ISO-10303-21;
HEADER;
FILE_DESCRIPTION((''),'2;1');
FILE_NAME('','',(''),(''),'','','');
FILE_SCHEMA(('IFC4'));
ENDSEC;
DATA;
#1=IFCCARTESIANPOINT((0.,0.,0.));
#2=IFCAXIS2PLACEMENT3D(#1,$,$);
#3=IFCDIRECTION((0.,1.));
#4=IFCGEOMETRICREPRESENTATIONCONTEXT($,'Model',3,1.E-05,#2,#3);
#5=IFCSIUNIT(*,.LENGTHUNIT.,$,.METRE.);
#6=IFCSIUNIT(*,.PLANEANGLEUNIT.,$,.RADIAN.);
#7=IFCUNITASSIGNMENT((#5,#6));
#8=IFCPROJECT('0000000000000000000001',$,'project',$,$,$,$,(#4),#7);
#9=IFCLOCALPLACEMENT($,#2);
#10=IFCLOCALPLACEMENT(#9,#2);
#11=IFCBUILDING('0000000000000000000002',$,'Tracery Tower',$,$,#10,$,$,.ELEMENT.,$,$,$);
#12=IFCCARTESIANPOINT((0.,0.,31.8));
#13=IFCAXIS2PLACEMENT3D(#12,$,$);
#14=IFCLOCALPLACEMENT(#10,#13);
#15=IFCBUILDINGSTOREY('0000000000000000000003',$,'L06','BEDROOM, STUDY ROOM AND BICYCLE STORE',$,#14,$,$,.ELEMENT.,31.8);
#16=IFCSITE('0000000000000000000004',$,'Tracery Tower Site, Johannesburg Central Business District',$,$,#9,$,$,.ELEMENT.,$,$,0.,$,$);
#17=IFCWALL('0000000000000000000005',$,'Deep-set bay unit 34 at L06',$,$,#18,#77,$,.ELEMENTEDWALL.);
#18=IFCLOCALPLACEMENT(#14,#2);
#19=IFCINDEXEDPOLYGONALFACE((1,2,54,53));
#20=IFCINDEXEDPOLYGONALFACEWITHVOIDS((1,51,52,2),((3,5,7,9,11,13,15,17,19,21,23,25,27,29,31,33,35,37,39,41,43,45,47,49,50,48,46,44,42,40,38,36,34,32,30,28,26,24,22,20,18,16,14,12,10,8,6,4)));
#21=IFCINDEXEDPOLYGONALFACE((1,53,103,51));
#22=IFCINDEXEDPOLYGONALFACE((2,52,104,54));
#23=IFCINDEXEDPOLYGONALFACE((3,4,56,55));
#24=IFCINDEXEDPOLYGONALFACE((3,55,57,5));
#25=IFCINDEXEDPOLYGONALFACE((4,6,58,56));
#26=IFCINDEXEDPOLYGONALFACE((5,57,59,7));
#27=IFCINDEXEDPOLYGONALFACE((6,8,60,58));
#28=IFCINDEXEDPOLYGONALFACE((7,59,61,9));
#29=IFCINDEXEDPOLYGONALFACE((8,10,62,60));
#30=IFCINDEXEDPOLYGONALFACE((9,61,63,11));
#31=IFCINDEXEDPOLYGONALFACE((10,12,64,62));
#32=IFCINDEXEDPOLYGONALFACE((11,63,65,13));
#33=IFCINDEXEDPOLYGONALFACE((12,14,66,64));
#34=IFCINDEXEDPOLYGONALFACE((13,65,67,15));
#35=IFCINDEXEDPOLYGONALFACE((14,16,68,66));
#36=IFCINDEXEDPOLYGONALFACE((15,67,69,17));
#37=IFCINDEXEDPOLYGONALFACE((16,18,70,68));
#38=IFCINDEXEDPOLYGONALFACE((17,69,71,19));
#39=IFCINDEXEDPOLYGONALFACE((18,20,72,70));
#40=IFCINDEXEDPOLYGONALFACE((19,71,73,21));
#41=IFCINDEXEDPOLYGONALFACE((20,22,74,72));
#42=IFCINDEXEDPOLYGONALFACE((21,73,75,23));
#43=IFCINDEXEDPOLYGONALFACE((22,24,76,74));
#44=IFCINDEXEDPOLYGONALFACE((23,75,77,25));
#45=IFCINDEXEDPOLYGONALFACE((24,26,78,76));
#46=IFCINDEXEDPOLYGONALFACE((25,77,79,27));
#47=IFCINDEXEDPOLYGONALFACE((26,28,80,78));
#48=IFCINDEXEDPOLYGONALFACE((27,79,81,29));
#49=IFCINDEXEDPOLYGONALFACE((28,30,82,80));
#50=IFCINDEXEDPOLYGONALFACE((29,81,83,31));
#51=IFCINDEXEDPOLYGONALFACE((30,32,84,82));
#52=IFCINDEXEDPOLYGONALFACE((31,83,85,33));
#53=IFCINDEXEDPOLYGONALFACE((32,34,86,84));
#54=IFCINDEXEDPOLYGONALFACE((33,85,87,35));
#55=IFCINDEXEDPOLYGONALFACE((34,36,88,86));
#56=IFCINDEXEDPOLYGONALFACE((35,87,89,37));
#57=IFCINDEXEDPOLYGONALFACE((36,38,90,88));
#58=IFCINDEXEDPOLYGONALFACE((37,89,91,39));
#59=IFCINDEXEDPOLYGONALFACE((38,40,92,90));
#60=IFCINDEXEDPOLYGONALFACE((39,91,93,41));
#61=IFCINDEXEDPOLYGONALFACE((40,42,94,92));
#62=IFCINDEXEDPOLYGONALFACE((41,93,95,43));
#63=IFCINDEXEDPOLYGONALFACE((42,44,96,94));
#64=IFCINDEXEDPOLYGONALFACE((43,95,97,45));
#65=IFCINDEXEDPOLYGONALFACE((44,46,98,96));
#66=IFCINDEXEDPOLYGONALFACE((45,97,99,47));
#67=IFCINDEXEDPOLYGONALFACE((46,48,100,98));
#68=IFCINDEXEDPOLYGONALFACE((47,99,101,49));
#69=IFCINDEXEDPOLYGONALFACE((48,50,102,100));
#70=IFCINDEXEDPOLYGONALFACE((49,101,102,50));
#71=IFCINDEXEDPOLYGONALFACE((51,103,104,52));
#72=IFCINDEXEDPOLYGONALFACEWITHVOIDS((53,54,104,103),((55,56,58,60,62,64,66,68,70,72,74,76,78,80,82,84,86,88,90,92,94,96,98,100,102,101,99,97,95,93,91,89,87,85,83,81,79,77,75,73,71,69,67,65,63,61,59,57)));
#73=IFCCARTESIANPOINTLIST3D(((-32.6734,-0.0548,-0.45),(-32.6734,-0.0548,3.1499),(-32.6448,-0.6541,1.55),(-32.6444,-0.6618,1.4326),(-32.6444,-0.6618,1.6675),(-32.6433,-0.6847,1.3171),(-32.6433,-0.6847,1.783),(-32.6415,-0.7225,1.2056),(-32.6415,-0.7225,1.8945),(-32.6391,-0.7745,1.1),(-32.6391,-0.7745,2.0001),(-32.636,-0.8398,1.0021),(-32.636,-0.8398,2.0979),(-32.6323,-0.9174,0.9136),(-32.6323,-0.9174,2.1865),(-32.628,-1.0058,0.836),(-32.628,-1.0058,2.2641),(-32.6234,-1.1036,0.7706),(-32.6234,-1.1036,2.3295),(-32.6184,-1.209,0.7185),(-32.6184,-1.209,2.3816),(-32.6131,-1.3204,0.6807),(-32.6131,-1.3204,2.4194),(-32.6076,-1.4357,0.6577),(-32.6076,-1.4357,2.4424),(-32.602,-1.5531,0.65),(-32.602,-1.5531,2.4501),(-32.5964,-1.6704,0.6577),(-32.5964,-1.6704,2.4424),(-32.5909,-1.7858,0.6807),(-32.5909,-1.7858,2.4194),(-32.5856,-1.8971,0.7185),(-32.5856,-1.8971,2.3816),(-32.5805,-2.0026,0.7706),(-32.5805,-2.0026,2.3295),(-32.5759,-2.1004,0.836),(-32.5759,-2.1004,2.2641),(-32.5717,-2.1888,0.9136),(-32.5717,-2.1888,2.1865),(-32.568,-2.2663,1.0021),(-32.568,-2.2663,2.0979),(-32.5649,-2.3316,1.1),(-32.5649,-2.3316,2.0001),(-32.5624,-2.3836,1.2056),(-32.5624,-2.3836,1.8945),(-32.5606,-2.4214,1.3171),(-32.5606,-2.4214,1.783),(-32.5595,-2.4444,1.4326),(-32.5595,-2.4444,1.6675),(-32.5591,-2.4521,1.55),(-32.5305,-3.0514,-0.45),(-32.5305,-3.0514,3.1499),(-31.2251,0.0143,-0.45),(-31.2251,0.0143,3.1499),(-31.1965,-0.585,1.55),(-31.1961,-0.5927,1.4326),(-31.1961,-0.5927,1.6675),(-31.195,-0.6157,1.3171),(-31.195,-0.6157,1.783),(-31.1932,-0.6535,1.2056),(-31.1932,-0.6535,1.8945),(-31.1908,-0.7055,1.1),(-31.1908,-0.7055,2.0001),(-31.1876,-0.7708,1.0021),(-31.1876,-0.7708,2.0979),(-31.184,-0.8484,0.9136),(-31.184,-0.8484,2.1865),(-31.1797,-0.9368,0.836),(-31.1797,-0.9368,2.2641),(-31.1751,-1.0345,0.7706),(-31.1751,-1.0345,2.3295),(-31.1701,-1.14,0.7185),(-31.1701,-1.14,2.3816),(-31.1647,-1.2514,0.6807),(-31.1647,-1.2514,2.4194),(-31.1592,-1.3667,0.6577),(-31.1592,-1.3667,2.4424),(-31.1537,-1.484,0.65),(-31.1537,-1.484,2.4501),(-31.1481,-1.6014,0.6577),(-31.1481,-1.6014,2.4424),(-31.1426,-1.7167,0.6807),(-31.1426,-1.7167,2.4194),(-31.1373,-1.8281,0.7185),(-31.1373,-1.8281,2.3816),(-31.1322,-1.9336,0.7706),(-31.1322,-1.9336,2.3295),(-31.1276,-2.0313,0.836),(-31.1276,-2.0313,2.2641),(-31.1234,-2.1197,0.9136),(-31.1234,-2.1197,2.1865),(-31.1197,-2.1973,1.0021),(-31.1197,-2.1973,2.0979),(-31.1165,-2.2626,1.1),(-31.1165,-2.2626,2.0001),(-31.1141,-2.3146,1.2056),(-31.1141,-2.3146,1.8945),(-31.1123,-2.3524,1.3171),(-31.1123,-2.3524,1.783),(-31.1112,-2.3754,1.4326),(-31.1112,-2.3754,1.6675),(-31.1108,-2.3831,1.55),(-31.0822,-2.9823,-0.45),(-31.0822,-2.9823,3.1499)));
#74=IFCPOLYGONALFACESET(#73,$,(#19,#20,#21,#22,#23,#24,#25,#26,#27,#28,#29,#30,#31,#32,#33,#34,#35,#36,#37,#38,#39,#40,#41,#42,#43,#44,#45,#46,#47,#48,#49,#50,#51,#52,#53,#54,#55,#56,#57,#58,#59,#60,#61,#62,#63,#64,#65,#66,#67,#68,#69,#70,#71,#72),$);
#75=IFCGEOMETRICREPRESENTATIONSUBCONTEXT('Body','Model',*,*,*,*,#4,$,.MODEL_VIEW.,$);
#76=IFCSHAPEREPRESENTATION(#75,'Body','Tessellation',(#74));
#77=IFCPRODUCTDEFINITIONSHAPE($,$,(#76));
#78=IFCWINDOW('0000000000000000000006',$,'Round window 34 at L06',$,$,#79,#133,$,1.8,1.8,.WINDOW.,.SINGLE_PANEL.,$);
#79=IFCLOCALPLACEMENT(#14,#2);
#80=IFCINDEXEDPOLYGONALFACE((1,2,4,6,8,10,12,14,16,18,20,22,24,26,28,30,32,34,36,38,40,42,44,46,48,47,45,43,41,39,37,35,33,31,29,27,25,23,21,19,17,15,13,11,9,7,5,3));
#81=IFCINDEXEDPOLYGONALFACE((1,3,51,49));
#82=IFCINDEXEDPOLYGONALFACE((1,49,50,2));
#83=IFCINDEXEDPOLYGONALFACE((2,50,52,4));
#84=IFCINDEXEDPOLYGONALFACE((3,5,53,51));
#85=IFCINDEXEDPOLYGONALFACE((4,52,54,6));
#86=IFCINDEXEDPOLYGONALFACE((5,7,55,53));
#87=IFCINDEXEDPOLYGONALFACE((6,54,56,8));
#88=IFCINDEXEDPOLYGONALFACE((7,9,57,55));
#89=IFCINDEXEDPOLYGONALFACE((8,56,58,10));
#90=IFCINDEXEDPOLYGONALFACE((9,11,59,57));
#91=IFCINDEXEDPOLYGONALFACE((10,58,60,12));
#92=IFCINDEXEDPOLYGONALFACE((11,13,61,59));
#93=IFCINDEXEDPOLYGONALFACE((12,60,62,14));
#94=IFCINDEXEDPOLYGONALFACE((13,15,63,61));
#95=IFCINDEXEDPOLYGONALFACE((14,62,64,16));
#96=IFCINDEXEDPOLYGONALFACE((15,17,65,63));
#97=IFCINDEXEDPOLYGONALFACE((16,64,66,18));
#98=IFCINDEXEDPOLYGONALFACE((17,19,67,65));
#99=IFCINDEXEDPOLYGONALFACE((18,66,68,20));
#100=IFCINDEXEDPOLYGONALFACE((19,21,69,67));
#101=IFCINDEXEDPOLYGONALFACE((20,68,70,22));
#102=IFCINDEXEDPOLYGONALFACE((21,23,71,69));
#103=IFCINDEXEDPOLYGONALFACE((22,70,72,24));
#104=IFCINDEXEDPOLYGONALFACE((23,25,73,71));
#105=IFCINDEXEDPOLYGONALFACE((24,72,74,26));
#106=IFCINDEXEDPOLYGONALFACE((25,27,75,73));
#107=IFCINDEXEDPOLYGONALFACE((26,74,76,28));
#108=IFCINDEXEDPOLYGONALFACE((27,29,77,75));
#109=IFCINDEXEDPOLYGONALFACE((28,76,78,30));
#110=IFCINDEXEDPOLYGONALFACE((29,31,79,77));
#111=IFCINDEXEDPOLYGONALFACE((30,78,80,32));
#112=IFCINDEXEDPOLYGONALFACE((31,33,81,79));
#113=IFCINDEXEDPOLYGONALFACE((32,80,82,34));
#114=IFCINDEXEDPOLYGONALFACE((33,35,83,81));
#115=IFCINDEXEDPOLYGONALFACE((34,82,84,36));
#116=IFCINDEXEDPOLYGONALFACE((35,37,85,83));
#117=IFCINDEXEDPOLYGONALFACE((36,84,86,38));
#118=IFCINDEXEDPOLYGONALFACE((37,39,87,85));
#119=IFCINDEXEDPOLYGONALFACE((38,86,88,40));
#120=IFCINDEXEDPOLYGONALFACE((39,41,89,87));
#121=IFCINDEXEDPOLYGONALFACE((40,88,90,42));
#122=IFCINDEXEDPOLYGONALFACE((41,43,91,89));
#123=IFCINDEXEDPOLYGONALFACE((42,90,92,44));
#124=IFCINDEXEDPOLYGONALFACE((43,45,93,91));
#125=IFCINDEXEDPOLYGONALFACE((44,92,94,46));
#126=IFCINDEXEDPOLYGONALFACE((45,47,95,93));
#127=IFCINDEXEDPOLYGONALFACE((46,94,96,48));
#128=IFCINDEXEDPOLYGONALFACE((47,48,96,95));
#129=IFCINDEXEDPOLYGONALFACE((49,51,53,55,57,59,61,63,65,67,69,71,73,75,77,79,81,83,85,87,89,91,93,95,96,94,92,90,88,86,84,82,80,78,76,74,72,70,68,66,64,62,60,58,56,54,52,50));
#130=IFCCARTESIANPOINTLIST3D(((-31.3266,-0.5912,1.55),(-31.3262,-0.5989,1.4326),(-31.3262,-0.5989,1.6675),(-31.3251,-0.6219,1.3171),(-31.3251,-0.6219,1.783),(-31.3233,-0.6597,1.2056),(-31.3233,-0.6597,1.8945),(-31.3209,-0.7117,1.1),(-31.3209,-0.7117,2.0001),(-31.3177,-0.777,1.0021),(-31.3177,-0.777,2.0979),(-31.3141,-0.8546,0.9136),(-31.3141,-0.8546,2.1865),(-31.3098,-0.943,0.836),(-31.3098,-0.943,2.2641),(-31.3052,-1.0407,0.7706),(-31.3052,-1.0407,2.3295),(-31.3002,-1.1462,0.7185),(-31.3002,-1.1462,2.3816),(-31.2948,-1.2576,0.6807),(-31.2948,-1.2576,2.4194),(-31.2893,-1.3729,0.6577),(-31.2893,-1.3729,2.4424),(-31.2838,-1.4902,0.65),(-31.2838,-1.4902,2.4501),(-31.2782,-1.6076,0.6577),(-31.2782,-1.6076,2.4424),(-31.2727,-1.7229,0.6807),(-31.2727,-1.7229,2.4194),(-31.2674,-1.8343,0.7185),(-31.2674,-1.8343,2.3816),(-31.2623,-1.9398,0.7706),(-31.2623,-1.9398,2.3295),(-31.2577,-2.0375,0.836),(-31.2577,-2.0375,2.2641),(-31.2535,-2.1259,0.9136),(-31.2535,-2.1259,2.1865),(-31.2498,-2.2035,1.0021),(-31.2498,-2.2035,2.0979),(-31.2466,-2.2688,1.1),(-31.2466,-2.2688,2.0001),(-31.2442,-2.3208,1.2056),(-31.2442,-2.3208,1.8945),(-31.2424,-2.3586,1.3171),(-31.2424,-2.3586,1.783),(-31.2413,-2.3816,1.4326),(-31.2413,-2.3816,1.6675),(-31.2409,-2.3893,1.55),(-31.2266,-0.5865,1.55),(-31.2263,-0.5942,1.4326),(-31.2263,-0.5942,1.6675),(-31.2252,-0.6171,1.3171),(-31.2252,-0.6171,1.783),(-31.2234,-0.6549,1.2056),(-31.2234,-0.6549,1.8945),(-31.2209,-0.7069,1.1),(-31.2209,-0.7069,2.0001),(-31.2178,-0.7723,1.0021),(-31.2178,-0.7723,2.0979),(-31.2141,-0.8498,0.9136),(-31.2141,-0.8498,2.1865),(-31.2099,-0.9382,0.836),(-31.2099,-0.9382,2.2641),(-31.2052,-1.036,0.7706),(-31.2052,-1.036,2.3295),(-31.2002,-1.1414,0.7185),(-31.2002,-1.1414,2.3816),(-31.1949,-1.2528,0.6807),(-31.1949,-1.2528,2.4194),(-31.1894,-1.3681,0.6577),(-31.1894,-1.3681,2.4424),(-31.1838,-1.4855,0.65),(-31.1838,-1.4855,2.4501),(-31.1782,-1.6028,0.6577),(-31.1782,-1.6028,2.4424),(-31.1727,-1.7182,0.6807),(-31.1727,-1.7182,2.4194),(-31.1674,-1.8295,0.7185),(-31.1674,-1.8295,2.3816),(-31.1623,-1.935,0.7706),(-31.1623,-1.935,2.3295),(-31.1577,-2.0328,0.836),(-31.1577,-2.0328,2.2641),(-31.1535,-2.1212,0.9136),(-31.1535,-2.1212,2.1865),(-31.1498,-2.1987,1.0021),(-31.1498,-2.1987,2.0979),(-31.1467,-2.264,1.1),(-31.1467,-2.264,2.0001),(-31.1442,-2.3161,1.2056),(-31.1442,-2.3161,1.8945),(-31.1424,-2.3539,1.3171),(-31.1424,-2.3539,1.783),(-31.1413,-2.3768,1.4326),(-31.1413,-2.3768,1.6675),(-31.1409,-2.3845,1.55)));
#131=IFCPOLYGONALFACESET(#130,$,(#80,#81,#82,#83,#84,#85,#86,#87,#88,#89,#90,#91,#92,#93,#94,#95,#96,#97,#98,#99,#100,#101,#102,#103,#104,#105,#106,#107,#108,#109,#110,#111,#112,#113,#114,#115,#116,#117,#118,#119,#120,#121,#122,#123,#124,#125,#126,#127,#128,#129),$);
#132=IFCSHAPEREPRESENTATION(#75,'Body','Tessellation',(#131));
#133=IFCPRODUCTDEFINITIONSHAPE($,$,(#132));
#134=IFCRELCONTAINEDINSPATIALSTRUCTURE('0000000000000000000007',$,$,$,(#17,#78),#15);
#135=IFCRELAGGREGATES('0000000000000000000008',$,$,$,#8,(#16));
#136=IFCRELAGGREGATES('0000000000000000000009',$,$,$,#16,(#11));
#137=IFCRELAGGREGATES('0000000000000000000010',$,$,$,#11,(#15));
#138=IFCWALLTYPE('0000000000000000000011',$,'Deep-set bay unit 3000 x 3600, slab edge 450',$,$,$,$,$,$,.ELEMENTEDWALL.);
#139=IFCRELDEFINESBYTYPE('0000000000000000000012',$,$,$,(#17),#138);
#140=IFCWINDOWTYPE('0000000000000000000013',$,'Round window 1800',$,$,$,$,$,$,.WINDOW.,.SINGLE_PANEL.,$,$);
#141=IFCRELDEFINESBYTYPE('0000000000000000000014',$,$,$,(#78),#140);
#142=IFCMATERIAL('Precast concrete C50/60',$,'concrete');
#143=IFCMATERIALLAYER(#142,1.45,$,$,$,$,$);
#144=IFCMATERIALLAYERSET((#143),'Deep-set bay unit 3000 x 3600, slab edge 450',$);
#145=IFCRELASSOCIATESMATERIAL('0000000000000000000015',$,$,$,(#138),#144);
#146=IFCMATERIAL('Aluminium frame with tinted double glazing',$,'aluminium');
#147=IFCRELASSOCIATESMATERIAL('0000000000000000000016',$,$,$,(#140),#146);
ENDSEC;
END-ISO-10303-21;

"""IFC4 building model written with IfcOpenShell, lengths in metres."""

from ifc_helpers import new_model, si_unit, direction, frame, frame_2d, origin, origin_2d, place, context, subcontext, project, spatial, rectangle, circle, extrude, material, layer, layer_set, type_object, element, fill, save


model = new_model("IFC4")

# Units and contexts
model_context = context("Model", 3, precision=1e-05, world=origin(), true_north=direction((0.0, 1.0)))
body_context = subcontext(model_context, "Body", "Model", "MODEL_VIEW")
ifc_project = project(units=[si_unit("LENGTHUNIT", "METRE"), si_unit("PLANEANGLEUNIT", "RADIAN")], contexts=[model_context])

# Site, building, storey
site_placement = place(None, origin())
site = spatial("IfcSite", under=ifc_project, at=site_placement, Name="Tracery Tower Site, Johannesburg Central Business District", CompositionType="ELEMENT", RefElevation=0.0)
building_placement = place(site_placement, origin())
building = spatial("IfcBuilding", under=site, at=building_placement, Name="Tracery Tower", CompositionType="ELEMENT")
storey_placement = place(building_placement, frame((0.0, 0.0, 31.8)))
storey = spatial("IfcBuildingStorey", under=building, at=storey_placement, Name="L06", Description="BEDROOM, STUDY ROOM AND BICYCLE STORE", CompositionType="ELEMENT", Elevation=31.8)

# Wall, opening, window
ifc_material_1 = material(Name="Precast concrete C50/60", Category="concrete")
ifc_layer_1 = layer(ifc_material_1, 1.45)
ifc_layer_set_1 = layer_set([ifc_layer_1], Name="Deep-set bay unit 3000 x 3600, slab edge 450")
wall_type_1 = type_object("IfcWallType", Name="Deep-set bay unit 3000 x 3600, slab edge 450", PredefinedType="ELEMENTEDWALL", material=ifc_layer_set_1)
wall_1_placement = place(storey_placement, frame((-31.9492, -0.0203, -0.45), z_axis=(0.0, 0.0, 1.0), x_axis=(0.047608, -0.998866, 0.0)))
wall_1 = element("IfcWall", 1, at=wall_1_placement, inside=storey, type_object=wall_type_1, Name="Deep-set bay unit 34 at L06", PredefinedType="ELEMENTEDWALL", context=body_context, shape_type="SweptSolid", body=[
    extrude(rectangle(XDim=3.0, YDim=1.45, at=frame_2d((1.5, 0.0))), origin(), (0.0, 0.0, 1.0), 3.5999),
])
opening_1_placement = place(wall_1_placement, frame((1.5, 0.0, 2.0)))
opening_1 = element("IfcOpeningElement", 2, at=opening_1_placement, cuts=wall_1, PredefinedType="OPENING", context=body_context, shape_type="SweptSolid", body=[
    extrude(circle(Radius=0.9, at=origin_2d()), frame((0.0, 0.7349, 0.0), z_axis=(0.0, -1.0, 0.0), x_axis=(1.0, 0.0, 0.0)), (0.0, 0.0, 1.0), 1.47),
])
ifc_material_2 = material(Name="Aluminium frame with tinted double glazing", Category="aluminium")
window_type = type_object("IfcWindowType", Name="Round window 1800", PartitioningType="SINGLE_PANEL", PredefinedType="WINDOW", material=ifc_material_2)
window_1_placement = place(opening_1_placement, origin())
window_1 = element("IfcWindow", 3, at=window_1_placement, inside=storey, type_object=window_type, Name="Round window 34 at L06", OverallHeight=1.8, OverallWidth=1.8, PartitioningType="SINGLE_PANEL", PredefinedType="WINDOW", context=body_context, shape_type="SweptSolid", body=[
    extrude(circle(Radius=0.9, at=origin_2d()), frame((0.0, 0.6948, 0.0), z_axis=(0.0, -1.0, 0.0), x_axis=(1.0, 0.0, 0.0)), (0.0, 0.0, 1.0), 0.1001),
])
fill(opening_1, window_1)

save(model, "model.ifc")
